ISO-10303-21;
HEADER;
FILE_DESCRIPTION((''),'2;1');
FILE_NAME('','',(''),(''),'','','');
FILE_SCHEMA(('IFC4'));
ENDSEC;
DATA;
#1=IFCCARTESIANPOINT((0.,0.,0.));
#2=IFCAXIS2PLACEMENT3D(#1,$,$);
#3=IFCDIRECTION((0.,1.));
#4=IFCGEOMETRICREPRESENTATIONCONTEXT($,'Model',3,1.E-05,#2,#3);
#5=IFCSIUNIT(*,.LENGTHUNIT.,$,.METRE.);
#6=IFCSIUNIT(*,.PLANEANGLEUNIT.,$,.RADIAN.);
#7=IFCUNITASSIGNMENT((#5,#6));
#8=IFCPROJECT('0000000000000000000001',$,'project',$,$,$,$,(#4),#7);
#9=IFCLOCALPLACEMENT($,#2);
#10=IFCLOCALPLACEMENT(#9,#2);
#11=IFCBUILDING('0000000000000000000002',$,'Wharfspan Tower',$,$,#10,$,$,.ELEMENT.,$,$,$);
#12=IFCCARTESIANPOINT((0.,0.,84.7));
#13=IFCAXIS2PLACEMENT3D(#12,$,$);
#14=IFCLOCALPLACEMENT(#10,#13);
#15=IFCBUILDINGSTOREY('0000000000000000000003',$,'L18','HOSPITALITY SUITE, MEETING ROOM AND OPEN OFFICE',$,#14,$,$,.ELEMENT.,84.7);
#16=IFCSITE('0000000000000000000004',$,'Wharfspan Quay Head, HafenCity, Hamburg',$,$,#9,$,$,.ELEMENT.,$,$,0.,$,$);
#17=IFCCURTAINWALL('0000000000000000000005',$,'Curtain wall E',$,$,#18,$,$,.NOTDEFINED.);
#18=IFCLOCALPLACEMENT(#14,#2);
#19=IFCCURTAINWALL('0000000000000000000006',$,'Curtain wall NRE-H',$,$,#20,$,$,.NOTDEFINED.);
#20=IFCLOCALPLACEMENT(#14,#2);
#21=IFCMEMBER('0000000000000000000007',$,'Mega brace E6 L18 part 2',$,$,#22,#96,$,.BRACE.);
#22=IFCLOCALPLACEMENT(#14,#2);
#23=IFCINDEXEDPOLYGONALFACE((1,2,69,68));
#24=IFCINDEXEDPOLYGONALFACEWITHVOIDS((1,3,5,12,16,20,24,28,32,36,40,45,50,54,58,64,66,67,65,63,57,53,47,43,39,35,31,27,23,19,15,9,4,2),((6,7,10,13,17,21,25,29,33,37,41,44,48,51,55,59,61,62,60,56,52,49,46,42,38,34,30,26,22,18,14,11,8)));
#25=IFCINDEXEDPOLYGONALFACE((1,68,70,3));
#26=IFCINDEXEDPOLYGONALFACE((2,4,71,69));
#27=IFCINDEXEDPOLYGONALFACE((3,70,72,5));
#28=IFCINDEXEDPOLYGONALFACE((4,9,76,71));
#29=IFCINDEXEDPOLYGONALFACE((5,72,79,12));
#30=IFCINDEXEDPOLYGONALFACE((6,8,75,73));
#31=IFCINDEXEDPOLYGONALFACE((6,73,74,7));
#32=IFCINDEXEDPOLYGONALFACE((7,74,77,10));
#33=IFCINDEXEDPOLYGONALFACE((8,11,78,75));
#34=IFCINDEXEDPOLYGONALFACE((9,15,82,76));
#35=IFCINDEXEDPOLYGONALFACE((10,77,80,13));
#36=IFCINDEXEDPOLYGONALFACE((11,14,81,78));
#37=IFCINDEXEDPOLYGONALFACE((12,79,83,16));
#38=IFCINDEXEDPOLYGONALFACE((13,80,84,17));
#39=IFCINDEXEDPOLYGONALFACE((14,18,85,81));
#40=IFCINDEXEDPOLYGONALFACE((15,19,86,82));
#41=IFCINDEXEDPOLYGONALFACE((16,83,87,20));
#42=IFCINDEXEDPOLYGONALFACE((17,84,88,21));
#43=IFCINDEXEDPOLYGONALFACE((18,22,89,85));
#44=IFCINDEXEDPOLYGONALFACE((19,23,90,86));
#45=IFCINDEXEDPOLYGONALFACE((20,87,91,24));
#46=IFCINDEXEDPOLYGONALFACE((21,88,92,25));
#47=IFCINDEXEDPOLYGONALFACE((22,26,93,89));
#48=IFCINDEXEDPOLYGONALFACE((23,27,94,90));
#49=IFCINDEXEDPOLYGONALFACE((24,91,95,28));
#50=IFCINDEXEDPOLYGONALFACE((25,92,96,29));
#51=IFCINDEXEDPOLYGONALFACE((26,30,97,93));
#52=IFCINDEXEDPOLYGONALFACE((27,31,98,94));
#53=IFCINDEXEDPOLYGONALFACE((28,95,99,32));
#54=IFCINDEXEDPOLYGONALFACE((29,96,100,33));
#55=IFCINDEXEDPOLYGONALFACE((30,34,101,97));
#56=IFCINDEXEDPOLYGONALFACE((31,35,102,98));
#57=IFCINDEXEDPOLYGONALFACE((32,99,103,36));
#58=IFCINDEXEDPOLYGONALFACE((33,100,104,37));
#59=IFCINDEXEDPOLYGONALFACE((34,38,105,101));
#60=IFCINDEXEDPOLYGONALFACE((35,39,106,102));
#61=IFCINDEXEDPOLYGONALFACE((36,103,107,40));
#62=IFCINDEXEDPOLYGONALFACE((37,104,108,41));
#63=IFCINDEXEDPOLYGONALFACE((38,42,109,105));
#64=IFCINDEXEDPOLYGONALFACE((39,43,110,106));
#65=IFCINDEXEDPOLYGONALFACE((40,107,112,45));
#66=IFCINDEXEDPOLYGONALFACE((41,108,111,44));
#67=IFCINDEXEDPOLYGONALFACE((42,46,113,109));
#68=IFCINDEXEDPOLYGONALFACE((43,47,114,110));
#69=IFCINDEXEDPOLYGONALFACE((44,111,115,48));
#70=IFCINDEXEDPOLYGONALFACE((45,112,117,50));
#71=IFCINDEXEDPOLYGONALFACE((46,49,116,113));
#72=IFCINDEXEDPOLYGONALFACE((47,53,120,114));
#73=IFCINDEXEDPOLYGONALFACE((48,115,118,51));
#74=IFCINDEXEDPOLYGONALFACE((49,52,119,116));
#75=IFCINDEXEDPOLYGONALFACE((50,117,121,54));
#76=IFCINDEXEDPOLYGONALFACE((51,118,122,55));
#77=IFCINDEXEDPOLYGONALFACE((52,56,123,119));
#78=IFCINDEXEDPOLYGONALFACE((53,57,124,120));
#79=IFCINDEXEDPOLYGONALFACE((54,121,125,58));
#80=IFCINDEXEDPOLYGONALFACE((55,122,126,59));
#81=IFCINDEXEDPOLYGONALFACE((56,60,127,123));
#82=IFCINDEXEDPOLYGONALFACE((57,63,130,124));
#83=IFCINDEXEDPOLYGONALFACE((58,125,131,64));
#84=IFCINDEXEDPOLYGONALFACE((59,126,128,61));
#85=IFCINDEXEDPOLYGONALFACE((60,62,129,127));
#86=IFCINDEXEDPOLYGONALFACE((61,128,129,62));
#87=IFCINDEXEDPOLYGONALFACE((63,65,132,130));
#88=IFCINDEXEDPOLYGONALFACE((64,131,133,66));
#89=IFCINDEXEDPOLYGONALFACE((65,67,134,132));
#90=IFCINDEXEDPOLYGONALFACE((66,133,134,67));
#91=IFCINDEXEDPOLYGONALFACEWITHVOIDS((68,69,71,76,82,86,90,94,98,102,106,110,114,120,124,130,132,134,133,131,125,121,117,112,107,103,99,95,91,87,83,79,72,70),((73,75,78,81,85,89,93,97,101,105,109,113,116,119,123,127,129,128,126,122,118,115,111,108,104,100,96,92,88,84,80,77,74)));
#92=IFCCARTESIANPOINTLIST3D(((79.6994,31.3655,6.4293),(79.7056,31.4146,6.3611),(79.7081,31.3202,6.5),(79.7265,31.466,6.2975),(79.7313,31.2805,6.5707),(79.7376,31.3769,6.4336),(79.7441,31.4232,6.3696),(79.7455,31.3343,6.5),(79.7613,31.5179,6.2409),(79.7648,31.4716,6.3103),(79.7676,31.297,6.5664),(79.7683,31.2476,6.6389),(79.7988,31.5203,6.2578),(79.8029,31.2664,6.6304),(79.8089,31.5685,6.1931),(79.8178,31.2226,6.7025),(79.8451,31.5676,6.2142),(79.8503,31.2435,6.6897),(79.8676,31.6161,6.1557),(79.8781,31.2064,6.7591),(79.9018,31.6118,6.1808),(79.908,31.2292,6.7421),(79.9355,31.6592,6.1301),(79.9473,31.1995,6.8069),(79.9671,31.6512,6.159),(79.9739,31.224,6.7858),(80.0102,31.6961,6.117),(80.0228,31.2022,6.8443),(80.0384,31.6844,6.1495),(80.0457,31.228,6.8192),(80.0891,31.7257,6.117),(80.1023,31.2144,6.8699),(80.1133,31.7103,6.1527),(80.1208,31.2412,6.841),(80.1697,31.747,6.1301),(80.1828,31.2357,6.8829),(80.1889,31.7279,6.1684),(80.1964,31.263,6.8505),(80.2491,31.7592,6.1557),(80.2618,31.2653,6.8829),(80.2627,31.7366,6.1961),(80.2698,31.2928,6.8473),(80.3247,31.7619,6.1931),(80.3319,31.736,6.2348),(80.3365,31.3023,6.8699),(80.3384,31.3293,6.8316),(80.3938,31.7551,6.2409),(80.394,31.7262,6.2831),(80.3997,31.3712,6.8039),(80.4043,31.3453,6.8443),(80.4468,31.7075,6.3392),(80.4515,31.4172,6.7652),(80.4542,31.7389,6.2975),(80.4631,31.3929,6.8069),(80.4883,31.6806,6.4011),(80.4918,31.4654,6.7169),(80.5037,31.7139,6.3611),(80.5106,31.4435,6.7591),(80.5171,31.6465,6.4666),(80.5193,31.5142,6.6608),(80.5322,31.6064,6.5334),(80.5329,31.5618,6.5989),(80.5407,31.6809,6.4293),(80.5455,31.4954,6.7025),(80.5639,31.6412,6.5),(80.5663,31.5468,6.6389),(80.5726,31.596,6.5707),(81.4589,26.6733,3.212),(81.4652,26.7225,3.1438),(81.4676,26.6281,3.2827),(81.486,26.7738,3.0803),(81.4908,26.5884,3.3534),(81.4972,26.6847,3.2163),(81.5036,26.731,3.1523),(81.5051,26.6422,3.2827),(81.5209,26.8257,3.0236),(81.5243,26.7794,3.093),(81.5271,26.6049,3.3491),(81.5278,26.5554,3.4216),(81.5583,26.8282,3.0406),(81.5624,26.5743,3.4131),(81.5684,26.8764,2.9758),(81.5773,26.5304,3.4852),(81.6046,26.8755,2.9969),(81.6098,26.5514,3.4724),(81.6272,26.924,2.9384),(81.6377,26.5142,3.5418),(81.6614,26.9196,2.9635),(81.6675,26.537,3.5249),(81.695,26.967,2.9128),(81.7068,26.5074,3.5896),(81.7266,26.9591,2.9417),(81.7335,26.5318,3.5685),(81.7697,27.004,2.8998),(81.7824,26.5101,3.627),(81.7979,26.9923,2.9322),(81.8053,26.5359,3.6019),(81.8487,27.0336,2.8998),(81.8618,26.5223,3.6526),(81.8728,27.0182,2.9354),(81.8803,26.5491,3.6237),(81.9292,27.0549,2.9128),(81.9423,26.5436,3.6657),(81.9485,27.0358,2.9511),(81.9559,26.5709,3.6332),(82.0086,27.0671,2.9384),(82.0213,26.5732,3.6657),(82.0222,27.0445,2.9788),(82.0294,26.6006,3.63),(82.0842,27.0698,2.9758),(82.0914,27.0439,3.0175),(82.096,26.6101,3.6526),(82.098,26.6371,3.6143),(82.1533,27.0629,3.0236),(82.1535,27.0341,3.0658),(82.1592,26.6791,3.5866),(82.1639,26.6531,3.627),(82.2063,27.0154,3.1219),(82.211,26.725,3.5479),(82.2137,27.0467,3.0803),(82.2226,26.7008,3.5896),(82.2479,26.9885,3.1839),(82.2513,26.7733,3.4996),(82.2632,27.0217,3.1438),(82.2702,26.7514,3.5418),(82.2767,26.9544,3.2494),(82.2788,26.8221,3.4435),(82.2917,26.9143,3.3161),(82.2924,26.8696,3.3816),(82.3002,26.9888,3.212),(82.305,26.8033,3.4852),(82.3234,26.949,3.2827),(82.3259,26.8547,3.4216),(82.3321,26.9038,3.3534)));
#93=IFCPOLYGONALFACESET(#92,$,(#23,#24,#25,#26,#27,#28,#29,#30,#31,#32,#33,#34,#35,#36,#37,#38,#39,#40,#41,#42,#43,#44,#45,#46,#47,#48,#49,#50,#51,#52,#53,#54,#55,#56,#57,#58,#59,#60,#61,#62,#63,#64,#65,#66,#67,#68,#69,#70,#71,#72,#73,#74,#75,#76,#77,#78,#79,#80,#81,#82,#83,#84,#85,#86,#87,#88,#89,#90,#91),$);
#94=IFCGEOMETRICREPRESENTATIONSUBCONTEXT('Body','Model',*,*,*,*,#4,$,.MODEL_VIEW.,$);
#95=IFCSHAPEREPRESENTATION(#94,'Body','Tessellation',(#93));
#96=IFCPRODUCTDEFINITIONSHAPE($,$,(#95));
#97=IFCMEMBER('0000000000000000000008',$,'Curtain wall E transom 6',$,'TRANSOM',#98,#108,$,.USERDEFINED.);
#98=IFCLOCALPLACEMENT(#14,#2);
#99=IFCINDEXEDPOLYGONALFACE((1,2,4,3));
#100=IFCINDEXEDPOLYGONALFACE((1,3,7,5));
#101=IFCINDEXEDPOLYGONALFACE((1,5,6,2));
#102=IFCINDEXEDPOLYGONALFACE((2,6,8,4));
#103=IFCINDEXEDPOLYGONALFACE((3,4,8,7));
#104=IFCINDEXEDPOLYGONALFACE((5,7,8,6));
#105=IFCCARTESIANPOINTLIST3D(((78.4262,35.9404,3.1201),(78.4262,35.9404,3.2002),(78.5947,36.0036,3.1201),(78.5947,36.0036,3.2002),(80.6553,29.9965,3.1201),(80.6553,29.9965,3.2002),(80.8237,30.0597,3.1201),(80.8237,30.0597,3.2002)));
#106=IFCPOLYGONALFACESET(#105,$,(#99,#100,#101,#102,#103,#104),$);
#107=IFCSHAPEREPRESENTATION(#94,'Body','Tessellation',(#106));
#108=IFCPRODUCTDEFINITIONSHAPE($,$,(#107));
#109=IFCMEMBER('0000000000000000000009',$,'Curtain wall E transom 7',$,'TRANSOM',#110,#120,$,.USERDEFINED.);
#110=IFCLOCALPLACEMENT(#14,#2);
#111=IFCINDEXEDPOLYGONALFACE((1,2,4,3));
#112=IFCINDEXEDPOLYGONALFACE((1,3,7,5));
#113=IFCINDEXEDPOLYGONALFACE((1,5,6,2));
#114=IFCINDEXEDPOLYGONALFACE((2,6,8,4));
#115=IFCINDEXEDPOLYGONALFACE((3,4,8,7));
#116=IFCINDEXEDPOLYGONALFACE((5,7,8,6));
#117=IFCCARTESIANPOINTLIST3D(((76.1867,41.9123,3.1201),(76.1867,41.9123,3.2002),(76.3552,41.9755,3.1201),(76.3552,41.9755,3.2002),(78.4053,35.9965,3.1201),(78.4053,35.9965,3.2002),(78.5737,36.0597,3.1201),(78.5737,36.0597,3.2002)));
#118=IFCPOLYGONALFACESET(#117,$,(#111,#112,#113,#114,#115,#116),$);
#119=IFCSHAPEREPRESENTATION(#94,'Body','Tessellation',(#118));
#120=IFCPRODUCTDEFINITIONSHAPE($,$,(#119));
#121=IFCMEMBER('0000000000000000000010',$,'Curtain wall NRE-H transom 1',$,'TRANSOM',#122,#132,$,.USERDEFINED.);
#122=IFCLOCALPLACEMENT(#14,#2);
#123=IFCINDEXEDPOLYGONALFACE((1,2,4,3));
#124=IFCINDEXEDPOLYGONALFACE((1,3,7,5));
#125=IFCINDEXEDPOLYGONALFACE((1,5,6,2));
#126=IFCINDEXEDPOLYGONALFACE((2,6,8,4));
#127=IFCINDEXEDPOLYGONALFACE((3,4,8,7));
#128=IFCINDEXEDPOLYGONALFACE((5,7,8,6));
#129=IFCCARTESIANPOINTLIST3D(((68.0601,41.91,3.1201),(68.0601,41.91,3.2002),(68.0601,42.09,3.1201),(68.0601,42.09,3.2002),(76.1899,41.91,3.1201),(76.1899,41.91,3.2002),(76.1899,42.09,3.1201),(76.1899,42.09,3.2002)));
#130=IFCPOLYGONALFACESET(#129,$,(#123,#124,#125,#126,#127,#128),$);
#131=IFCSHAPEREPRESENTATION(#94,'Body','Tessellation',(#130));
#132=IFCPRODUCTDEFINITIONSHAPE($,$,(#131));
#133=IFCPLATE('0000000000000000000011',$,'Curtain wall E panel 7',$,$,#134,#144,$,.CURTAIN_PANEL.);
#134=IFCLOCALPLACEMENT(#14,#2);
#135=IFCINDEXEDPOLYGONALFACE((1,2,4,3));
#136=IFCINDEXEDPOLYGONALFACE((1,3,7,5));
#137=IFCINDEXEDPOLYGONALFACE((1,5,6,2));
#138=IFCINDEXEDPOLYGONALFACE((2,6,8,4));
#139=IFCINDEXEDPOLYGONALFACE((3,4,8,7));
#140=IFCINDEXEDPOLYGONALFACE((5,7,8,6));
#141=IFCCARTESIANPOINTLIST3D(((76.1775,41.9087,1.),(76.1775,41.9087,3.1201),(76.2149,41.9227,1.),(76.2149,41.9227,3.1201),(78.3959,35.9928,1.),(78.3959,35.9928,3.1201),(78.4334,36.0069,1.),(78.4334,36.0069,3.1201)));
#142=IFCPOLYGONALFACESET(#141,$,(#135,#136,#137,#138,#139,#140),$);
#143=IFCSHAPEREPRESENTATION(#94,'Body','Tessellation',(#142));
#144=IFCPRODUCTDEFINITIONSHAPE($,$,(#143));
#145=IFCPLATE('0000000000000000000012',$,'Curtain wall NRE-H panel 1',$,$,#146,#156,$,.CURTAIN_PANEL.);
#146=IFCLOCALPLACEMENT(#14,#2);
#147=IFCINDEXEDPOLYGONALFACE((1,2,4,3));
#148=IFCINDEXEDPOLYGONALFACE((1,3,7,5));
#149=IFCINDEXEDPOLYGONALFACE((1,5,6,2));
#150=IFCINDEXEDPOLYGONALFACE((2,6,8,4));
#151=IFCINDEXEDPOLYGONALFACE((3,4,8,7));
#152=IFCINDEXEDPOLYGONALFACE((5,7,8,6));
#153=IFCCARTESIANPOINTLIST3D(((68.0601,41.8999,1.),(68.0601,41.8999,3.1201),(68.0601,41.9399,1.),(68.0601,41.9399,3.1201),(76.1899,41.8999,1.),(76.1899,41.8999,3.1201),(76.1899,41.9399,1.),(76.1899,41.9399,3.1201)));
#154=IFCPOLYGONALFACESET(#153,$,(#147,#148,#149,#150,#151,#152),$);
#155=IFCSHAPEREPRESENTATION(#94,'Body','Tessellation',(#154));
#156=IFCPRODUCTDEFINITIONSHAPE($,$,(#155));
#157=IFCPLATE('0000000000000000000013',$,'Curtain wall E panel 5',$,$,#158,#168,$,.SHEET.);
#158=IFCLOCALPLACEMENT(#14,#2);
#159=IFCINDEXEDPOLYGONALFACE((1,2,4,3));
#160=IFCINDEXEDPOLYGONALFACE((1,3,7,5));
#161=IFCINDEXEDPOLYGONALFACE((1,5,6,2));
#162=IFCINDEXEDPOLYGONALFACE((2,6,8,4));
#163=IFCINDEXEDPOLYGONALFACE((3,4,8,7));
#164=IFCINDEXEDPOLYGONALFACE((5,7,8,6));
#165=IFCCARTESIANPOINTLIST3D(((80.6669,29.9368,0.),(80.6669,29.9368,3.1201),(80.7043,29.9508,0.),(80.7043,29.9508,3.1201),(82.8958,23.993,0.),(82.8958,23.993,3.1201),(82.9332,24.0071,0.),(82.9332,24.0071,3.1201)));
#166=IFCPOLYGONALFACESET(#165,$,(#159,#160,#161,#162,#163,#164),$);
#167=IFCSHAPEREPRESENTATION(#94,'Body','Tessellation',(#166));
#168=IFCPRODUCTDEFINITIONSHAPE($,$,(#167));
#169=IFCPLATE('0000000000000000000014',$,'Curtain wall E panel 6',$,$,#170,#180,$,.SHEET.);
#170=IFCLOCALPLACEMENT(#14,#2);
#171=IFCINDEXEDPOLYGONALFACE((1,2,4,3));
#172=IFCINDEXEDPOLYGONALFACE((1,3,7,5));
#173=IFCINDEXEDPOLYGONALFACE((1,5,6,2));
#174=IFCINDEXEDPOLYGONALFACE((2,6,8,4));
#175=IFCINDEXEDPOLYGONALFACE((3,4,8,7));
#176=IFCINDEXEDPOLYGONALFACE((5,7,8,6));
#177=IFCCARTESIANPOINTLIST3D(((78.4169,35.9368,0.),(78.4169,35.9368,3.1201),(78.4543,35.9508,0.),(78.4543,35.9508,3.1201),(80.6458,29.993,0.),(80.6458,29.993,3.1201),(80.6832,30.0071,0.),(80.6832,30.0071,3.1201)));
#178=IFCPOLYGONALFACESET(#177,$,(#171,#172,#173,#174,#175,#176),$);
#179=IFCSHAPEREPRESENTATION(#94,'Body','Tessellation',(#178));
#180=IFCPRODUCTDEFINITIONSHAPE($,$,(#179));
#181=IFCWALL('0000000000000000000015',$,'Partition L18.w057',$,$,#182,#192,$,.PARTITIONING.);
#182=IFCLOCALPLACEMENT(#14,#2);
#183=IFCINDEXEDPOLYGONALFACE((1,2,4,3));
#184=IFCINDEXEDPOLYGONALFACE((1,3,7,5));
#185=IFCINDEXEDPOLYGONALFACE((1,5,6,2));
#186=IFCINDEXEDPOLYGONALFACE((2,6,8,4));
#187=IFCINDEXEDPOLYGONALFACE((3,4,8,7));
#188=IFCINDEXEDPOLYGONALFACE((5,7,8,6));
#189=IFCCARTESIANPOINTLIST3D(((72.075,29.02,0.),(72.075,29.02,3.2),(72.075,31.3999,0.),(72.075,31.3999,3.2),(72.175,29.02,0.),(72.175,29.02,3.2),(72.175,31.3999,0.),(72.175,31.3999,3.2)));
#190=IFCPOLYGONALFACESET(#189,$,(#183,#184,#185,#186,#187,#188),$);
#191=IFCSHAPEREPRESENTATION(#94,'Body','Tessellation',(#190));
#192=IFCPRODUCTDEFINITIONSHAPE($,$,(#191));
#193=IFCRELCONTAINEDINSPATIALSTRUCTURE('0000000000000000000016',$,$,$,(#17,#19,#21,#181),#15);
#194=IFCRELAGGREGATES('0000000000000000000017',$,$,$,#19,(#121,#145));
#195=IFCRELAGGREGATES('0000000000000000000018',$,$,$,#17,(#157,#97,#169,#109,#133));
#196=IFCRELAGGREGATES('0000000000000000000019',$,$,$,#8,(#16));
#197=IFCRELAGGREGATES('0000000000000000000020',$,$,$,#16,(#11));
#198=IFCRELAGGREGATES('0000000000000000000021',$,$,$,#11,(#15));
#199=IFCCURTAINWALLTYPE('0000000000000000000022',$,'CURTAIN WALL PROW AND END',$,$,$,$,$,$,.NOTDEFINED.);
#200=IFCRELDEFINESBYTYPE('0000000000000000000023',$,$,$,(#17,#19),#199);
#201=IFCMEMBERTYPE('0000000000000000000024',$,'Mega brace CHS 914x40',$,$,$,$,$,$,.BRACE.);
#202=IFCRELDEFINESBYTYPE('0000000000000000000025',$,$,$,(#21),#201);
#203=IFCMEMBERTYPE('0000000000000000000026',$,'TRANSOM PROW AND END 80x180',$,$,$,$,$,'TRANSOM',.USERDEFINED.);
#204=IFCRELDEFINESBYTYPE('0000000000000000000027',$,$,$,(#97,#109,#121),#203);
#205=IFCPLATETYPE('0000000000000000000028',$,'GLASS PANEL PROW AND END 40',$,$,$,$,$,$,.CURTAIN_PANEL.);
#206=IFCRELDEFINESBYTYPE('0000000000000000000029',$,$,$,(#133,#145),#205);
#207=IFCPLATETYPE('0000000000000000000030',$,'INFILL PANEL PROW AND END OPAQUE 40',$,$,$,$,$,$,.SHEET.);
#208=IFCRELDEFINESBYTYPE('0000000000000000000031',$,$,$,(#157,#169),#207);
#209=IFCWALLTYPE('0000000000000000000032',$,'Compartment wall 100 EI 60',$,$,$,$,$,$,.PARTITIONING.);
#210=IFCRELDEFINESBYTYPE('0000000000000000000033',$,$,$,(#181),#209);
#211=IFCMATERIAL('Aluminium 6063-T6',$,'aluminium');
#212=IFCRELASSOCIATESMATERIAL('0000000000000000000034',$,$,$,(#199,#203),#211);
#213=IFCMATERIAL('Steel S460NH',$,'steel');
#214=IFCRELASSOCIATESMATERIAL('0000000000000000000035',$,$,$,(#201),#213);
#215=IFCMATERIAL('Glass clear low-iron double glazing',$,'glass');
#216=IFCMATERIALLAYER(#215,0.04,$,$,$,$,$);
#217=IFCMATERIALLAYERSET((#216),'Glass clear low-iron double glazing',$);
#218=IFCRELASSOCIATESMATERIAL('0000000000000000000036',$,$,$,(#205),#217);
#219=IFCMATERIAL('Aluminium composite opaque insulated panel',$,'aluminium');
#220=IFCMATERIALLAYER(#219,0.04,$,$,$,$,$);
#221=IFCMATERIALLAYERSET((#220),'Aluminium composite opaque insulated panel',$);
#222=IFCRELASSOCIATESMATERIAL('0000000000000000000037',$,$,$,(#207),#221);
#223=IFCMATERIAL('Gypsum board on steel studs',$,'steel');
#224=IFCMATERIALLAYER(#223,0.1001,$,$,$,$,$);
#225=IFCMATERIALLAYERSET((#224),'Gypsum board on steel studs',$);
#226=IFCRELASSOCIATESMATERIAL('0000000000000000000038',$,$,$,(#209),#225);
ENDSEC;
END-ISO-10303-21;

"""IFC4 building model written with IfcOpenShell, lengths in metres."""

from ifc_helpers import new_model, si_unit, direction, frame, frame_2d, origin, origin_2d, place, context, subcontext, project, spatial, rectangle, hollow_circle, extrude, material, layer, layer_set, material_profile, profile_set, type_object, element, aggregate, save


model = new_model("IFC4")

# Units and contexts
model_context = context("Model", 3, precision=1e-05, world=origin(), true_north=direction((0.0, 1.0)))
body_context = subcontext(model_context, "Body", "Model", "MODEL_VIEW")
ifc_project = project(units=[si_unit("LENGTHUNIT", "METRE"), si_unit("PLANEANGLEUNIT", "RADIAN")], contexts=[model_context])

# Site, building, storey
site_placement = place(None, origin())
site = spatial("IfcSite", under=ifc_project, at=site_placement, Name="Wharfspan Quay Head, HafenCity, Hamburg", CompositionType="ELEMENT", RefElevation=0.0)
building_placement = place(site_placement, origin())
building = spatial("IfcBuilding", under=site, at=building_placement, Name="Wharfspan Tower", CompositionType="ELEMENT")
storey_placement = place(building_placement, frame((0.0, 0.0, 84.7)))
storey = spatial("IfcBuildingStorey", under=building, at=storey_placement, Name="L18", Description="HOSPITALITY SUITE, MEETING ROOM AND OPEN OFFICE", CompositionType="ELEMENT", Elevation=84.7)

# Curtain walls
ifc_material_1 = material(Name="Aluminium 6063-T6", Category="aluminium")
curtain_wall_type = type_object("IfcCurtainWallType", Name="CURTAIN WALL PROW AND END", PredefinedType="NOTDEFINED", material=ifc_material_1)
curtain_wall_1_placement = place(storey_placement, origin())
curtain_wall_1 = element("IfcCurtainWall", 1, at=curtain_wall_1_placement, inside=storey, type_object=curtain_wall_type, Name="Curtain wall E", PredefinedType="NOTDEFINED")
curtain_wall_2_placement = place(storey_placement, origin())
curtain_wall_2 = element("IfcCurtainWall", 2, at=curtain_wall_2_placement, inside=storey, type_object=curtain_wall_type, Name="Curtain wall NRE-H", PredefinedType="NOTDEFINED")

# Members
ifc_material_2 = material(Name="Steel S460NH", Category="steel")
ifc_material_profile_1 = material_profile(ifc_material_2, hollow_circle(Radius=0.457, WallThickness=0.04, at=origin_2d()))
ifc_profile_set_1 = profile_set([ifc_material_profile_1], Name="Steel S460NH")
member_type_1 = type_object("IfcMemberType", Name="Mega brace CHS 914x40", PredefinedType="BRACE", material=ifc_profile_set_1)
member_1_placement = place(storey_placement, frame((81.8955, 26.7886, 3.2827), z_axis=(-0.295466, 0.787922, 0.540259), x_axis=(-0.936329, -0.351115, -0.000004)))
element("IfcMember", 3, at=member_1_placement, inside=storey, type_object=member_type_1, Name="Mega brace E6 L18 part 2", PredefinedType="BRACE", context=body_context, shape_type="SweptSolid", body=[
    extrude(hollow_circle(Radius=0.457, WallThickness=0.04, at=origin_2d()), origin(), (0.0, 0.0, 1.0), 5.9551),
])
ifc_material_profile_2 = material_profile(ifc_material_1, rectangle(XDim=0.1799, YDim=0.0801, at=origin_2d()))
ifc_profile_set_2 = profile_set([ifc_material_profile_2], Name="Aluminium 6063-T6")
member_type_2 = type_object("IfcMemberType", Name="TRANSOM PROW AND END 80x180", ElementType="TRANSOM", PredefinedType="USERDEFINED", material=ifc_profile_set_2)
member_2_placement = place(storey_placement, frame((80.7395, 30.0281, 3.1602), z_axis=(-0.351132, 0.936326, 0.0), x_axis=(-0.936326, -0.351132, 0.0)))
member_2 = element("IfcMember", 4, at=member_2_placement, type_object=member_type_2, Name="Curtain wall E transom 6", ObjectType="TRANSOM", PredefinedType="USERDEFINED", context=body_context, shape_type="SweptSolid", body=[
    extrude(rectangle(XDim=0.1799, YDim=0.0801, at=origin_2d()), origin(), (0.0, 0.0, 1.0), 6.3481),
])
member_3_placement = place(storey_placement, frame((78.4895, 36.0281, 3.1602), z_axis=(-0.351136, 0.936324, 0.0), x_axis=(-0.936324, -0.351136, 0.0)))
member_3 = element("IfcMember", 5, at=member_3_placement, type_object=member_type_2, Name="Curtain wall E transom 7", ObjectType="TRANSOM", PredefinedType="USERDEFINED", context=body_context, shape_type="SweptSolid", body=[
    extrude(rectangle(XDim=0.1799, YDim=0.0801, at=origin_2d()), origin(), (0.0, 0.0, 1.0), 6.3181),
])
member_4_placement = place(storey_placement, frame((76.1899, 42.0, 3.1602), z_axis=(-1.0, 0.0, 0.0), x_axis=(0.0, -1.0, 0.0)))
member_4 = element("IfcMember", 6, at=member_4_placement, type_object=member_type_2, Name="Curtain wall NRE-H transom 1", ObjectType="TRANSOM", PredefinedType="USERDEFINED", context=body_context, shape_type="SweptSolid", body=[
    extrude(rectangle(XDim=0.1799, YDim=0.0801, at=origin_2d()), origin(), (0.0, 0.0, 1.0), 8.1299),
])

# Plates
ifc_material_3 = material(Name="Glass clear low-iron double glazing", Category="glass")
ifc_layer_1 = layer(ifc_material_3, 0.04)
ifc_layer_set_1 = layer_set([ifc_layer_1], Name="Glass clear low-iron double glazing")
plate_type_1 = type_object("IfcPlateType", Name="GLASS PANEL PROW AND END 40", PredefinedType="CURTAIN_PANEL", material=ifc_layer_set_1)
plate_1_placement = place(storey_placement, frame((77.3054, 38.9578, 1.0), z_axis=(0.0, 0.0, 1.0), x_axis=(-0.351123, 0.936328, 0.0)))
plate_1 = element("IfcPlate", 7, at=plate_1_placement, type_object=plate_type_1, Name="Curtain wall E panel 7", PredefinedType="CURTAIN_PANEL", context=body_context, shape_type="SweptSolid", body=[
    extrude(rectangle(XDim=6.3181, YDim=0.04, at=origin_2d()), origin(), (0.0, 0.0, 1.0), 2.1201),
])
plate_2_placement = place(storey_placement, frame((72.125, 41.9199, 1.0), z_axis=(0.0, 0.0, 1.0), x_axis=(-1.0, 0.0, 0.0)))
plate_2 = element("IfcPlate", 8, at=plate_2_placement, type_object=plate_type_1, Name="Curtain wall NRE-H panel 1", PredefinedType="CURTAIN_PANEL", context=body_context, shape_type="SweptSolid", body=[
    extrude(rectangle(XDim=8.1299, YDim=0.04, at=origin_2d()), origin(), (0.0, 0.0, 1.0), 2.1201),
])
aggregate(curtain_wall_2, [member_4, plate_2])
ifc_material_4 = material(Name="Aluminium composite opaque insulated panel", Category="aluminium")
ifc_layer_2 = layer(ifc_material_4, 0.04)
ifc_layer_set_2 = layer_set([ifc_layer_2], Name="Aluminium composite opaque insulated panel")
plate_type_2 = type_object("IfcPlateType", Name="INFILL PANEL PROW AND END OPAQUE 40", PredefinedType="SHEET", material=ifc_layer_set_2)
plate_3_placement = place(storey_placement, frame((81.8, 26.9719, 0.0), z_axis=(0.0, 0.0, 1.0), x_axis=(-0.351123, 0.936328, 0.0)))
plate_3 = element("IfcPlate", 9, at=plate_3_placement, type_object=plate_type_2, Name="Curtain wall E panel 5", PredefinedType="SHEET", context=body_context, shape_type="SweptSolid", body=[
    extrude(rectangle(XDim=6.3479, YDim=0.04, at=origin_2d()), origin(), (0.0, 0.0, 1.0), 3.1201),
])
plate_4_placement = place(storey_placement, frame((79.55, 32.9719, 0.0), z_axis=(0.0, 0.0, 1.0), x_axis=(-0.351123, 0.936328, 0.0)))
plate_4 = element("IfcPlate", 10, at=plate_4_placement, type_object=plate_type_2, Name="Curtain wall E panel 6", PredefinedType="SHEET", context=body_context, shape_type="SweptSolid", body=[
    extrude(rectangle(XDim=6.3479, YDim=0.04, at=origin_2d()), origin(), (0.0, 0.0, 1.0), 3.1201),
])
aggregate(curtain_wall_1, [plate_3, member_2, plate_4, member_3, plate_1])

# Wall
ifc_material_5 = material(Name="Gypsum board on steel studs", Category="steel")
ifc_layer_3 = layer(ifc_material_5, 0.1001)
ifc_layer_set_3 = layer_set([ifc_layer_3], Name="Gypsum board on steel studs")
wall_type_1 = type_object("IfcWallType", Name="Compartment wall 100 EI 60", PredefinedType="PARTITIONING", material=ifc_layer_set_3)
wall_1_placement = place(storey_placement, frame((72.125, 29.02, 0.0), z_axis=(0.0, 0.0, 1.0), x_axis=(0.0, 1.0, 0.0)))
element("IfcWall", 11, at=wall_1_placement, inside=storey, type_object=wall_type_1, Name="Partition L18.w057", PredefinedType="PARTITIONING", context=body_context, shape_type="SweptSolid", body=[
    extrude(rectangle(XDim=2.3799, YDim=0.1001, at=frame_2d((1.1899, 0.0))), origin(), (0.0, 0.0, 1.0), 3.2),
])

save(model, "model.ifc")
